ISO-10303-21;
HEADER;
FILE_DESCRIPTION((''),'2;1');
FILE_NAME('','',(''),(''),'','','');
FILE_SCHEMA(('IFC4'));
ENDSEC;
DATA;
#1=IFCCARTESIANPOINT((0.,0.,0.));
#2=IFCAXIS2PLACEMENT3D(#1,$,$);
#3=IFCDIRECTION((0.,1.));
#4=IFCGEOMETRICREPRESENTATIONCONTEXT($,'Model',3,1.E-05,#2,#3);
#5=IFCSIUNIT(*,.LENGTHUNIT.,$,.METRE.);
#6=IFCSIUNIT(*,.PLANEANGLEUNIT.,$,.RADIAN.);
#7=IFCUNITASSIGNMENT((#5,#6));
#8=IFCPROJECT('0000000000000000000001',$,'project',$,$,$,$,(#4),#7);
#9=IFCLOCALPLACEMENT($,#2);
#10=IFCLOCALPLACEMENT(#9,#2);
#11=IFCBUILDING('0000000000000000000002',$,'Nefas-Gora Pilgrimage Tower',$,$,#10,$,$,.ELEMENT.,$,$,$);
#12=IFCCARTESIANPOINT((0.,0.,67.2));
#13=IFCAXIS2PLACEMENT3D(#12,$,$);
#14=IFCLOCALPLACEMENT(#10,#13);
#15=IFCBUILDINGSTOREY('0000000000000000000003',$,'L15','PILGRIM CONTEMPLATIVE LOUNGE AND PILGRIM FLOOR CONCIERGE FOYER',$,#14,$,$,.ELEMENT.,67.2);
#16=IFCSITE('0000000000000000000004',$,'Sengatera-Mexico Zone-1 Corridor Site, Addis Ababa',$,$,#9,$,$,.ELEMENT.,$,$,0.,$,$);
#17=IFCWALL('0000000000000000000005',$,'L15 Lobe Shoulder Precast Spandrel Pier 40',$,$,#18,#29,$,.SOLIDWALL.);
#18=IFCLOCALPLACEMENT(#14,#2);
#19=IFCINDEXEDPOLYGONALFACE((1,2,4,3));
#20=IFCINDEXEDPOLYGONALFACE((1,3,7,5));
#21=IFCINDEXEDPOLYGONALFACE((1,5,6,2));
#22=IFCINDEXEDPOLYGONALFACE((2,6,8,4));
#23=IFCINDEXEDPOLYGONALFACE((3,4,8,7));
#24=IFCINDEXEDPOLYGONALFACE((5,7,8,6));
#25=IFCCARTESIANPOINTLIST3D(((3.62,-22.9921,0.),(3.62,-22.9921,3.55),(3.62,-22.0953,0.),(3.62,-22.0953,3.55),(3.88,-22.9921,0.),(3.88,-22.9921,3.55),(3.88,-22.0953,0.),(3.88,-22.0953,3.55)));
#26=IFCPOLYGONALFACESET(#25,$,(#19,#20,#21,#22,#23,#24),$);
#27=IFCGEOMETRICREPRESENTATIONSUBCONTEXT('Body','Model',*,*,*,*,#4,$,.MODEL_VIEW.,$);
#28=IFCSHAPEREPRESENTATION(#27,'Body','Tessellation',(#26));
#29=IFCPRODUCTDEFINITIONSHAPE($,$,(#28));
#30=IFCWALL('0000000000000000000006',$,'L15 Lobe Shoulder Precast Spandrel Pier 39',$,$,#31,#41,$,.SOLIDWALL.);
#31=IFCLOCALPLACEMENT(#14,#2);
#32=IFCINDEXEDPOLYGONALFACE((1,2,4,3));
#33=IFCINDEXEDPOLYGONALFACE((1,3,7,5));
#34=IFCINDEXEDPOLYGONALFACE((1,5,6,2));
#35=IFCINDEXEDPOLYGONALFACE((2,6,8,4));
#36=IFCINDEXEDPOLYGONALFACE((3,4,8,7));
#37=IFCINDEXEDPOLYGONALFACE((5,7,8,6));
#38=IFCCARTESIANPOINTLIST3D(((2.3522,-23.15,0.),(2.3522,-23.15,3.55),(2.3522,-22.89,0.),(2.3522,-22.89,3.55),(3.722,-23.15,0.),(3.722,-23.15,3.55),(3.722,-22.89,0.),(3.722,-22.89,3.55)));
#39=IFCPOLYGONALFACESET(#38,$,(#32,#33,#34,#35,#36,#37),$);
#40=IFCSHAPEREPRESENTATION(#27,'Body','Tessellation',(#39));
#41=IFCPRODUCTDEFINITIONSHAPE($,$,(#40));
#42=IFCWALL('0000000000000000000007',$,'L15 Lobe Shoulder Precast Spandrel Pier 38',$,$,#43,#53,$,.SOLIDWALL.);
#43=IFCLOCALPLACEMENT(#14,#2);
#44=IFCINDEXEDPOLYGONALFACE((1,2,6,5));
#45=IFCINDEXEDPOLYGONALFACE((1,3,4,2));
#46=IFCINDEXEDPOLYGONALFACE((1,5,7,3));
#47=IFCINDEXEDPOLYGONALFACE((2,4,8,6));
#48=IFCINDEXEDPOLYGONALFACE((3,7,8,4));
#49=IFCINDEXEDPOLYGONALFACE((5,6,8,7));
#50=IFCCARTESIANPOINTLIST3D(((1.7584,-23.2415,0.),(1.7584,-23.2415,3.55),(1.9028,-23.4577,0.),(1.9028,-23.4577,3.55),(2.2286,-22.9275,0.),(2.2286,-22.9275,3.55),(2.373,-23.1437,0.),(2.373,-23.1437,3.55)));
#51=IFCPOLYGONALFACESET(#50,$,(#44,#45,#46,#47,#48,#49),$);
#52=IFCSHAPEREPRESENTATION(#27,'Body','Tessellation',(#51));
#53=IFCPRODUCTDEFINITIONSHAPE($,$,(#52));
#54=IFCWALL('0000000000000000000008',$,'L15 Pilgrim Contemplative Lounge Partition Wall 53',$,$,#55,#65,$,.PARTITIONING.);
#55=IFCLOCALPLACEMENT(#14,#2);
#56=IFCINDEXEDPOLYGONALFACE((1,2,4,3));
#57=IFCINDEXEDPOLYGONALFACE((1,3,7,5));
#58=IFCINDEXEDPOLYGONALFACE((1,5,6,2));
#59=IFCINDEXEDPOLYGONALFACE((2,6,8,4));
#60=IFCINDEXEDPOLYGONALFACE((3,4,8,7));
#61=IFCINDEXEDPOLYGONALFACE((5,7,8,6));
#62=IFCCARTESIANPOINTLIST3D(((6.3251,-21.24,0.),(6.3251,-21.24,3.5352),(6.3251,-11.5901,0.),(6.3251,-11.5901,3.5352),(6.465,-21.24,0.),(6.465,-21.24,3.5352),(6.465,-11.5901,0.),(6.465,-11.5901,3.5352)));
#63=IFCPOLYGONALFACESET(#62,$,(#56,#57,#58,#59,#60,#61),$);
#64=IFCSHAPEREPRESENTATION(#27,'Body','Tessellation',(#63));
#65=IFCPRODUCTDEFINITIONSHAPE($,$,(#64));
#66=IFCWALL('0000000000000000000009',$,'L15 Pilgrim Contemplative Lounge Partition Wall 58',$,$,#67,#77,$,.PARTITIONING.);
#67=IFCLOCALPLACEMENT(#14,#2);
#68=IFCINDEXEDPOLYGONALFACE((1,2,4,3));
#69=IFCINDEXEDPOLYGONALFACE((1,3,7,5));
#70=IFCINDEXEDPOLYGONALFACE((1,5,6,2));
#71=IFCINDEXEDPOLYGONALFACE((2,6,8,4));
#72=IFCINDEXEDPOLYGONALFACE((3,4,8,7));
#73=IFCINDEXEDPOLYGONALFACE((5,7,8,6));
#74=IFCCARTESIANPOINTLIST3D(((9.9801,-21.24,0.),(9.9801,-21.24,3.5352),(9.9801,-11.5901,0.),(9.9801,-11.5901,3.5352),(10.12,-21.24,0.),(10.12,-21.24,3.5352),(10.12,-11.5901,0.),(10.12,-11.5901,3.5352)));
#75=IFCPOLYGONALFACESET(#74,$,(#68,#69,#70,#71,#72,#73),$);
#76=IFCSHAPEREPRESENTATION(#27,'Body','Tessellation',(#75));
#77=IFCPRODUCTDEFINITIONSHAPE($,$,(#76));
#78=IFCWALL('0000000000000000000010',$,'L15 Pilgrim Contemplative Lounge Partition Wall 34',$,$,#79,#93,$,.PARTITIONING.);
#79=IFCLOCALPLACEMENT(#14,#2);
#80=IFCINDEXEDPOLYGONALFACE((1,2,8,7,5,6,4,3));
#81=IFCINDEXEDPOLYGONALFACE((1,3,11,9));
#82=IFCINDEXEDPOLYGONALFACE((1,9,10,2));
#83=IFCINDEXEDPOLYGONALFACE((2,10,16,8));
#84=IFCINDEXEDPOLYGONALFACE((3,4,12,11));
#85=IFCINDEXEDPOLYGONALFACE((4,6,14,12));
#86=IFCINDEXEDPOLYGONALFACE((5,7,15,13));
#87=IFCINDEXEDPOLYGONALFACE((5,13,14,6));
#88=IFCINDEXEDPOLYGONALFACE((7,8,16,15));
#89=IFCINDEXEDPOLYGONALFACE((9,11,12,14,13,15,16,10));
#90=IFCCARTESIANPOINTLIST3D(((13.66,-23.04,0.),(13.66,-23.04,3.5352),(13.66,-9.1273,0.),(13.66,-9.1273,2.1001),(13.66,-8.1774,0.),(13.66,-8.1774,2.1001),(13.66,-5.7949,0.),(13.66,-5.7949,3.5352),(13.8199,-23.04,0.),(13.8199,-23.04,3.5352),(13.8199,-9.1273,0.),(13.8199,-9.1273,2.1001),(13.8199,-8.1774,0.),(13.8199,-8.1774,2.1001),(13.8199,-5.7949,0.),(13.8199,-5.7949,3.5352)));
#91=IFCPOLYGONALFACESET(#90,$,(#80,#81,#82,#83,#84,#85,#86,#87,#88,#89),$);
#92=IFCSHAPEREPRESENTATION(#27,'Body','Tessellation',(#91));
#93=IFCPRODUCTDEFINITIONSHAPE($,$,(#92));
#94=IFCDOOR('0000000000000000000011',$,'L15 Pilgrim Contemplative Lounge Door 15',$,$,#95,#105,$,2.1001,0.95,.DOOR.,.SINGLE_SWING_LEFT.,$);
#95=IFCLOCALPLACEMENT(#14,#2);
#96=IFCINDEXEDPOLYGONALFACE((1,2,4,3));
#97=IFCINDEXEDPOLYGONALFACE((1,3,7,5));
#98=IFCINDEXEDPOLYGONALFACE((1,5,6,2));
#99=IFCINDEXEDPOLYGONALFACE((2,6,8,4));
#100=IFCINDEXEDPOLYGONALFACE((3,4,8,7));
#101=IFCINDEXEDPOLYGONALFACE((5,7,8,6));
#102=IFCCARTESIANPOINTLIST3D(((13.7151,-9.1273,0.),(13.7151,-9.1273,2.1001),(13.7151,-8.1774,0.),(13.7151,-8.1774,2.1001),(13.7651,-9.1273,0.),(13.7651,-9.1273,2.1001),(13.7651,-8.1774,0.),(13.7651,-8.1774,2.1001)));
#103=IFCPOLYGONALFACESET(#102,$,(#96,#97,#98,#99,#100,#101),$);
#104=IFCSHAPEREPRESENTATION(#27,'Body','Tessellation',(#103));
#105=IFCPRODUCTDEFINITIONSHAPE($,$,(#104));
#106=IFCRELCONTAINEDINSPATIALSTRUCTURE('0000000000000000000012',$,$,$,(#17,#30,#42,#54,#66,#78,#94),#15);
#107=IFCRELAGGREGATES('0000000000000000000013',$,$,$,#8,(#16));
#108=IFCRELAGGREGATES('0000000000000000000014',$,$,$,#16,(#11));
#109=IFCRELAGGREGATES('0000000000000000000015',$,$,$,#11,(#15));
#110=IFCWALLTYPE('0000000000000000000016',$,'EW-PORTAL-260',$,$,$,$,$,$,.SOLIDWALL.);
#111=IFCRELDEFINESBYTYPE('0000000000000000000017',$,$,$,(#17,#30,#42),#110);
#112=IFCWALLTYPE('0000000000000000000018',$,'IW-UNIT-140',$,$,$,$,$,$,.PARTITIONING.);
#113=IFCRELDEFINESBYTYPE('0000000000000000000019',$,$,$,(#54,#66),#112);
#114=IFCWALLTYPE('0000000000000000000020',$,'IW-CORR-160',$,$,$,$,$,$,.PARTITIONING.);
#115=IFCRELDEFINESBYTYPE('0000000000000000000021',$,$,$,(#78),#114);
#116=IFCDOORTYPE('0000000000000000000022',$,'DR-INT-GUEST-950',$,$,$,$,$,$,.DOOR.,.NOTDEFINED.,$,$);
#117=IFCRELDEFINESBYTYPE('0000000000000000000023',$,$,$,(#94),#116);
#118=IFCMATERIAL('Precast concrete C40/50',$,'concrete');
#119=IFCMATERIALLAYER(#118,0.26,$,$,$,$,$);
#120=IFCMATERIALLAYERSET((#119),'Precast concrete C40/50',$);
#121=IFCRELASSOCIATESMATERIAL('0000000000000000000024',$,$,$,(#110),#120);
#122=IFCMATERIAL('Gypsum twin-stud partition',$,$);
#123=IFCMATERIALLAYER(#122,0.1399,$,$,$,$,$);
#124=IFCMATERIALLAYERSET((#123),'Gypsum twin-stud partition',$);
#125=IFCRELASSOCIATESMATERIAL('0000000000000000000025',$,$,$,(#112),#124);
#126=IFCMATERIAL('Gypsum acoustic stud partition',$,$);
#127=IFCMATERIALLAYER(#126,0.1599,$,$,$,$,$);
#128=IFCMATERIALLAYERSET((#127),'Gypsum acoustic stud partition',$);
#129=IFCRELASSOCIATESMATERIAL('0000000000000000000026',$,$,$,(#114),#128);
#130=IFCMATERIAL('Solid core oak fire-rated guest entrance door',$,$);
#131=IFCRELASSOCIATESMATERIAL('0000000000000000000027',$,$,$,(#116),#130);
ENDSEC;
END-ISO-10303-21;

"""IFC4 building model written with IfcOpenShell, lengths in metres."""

from ifc_helpers import new_model, si_unit, direction, frame, frame_2d, origin, place, context, subcontext, project, spatial, rectangle, extrude, source, transform, mapped, material, layer, layer_set, type_object, element, fill, save


model = new_model("IFC4")

# Units and contexts
model_context = context("Model", 3, precision=1e-05, world=origin(), true_north=direction((0.0, 1.0)))
body_context = subcontext(model_context, "Body", "Model", "MODEL_VIEW")
ifc_project = project(units=[si_unit("LENGTHUNIT", "METRE"), si_unit("PLANEANGLEUNIT", "RADIAN")], contexts=[model_context])

# Site, building, storey
site_placement = place(None, origin())
site = spatial("IfcSite", under=ifc_project, at=site_placement, Name="Sengatera-Mexico Zone-1 Corridor Site, Addis Ababa", CompositionType="ELEMENT", RefElevation=0.0)
building_placement = place(site_placement, origin())
building = spatial("IfcBuilding", under=site, at=building_placement, Name="Nefas-Gora Pilgrimage Tower", CompositionType="ELEMENT")
storey_placement = place(building_placement, frame((0.0, 0.0, 67.2)))
storey = spatial("IfcBuildingStorey", under=building, at=storey_placement, Name="L15", Description="PILGRIM CONTEMPLATIVE LOUNGE AND PILGRIM FLOOR CONCIERGE FOYER", CompositionType="ELEMENT", Elevation=67.2)

# Walls
ifc_material_1 = material(Name="Precast concrete C40/50", Category="concrete")
ifc_layer_1 = layer(ifc_material_1, 0.26)
ifc_layer_set_1 = layer_set([ifc_layer_1], Name="Precast concrete C40/50")
wall_type_1 = type_object("IfcWallType", Name="EW-PORTAL-260", PredefinedType="SOLIDWALL", material=ifc_layer_set_1)
shared_shape_1 = source(origin(), body_context, "Body", "SweptSolid", [
    extrude(rectangle(XDim=0.8967, YDim=0.26, at=frame_2d((0.4482, 0.0))), origin(), (0.0, 0.0, 1.0), 3.55),
])
wall_1_placement = place(storey_placement, frame((3.75, -22.9919, 0.0), z_axis=(0.0, 0.0, 1.0), x_axis=(0.0, 1.0, 0.0)))
element("IfcWall", 1, at=wall_1_placement, inside=storey, type_object=wall_type_1, Name="L15 Lobe Shoulder Precast Spandrel Pier 40", PredefinedType="SOLIDWALL", context=body_context, shape_type="MappedRepresentation", body=[
    mapped(shared_shape_1, transform((0.0, 0.0, 0.0), x_axis=(1.0, 0.0, 0.0), y_axis=(0.0, 1.0, 0.0), z_axis=(0.0, 0.0, 1.0), scale=1.0)),
])
shared_shape_2 = source(origin(), body_context, "Body", "SweptSolid", [
    extrude(rectangle(XDim=1.3699, YDim=0.26, at=frame_2d((0.6851, 0.0))), origin(), (0.0, 0.0, 1.0), 3.55),
])
wall_2_placement = place(storey_placement, frame((2.3521, -23.02, 0.0), z_axis=(0.0, 0.0, 1.0), x_axis=(1.0, 0.0, 0.0)))
element("IfcWall", 2, at=wall_2_placement, inside=storey, type_object=wall_type_1, Name="L15 Lobe Shoulder Precast Spandrel Pier 39", PredefinedType="SOLIDWALL", context=body_context, shape_type="MappedRepresentation", body=[
    mapped(shared_shape_2, transform((0.0, 0.0, 0.0), x_axis=(1.0, 0.0, 0.0), y_axis=(0.0, 1.0, 0.0), z_axis=(0.0, 0.0, 1.0), scale=1.0)),
])
shared_shape_3 = source(origin(), body_context, "Body", "SweptSolid", [
    extrude(rectangle(XDim=0.5654, YDim=0.26, at=frame_2d((0.2827, 0.0))), origin(), (0.0, 0.0, 1.0), 3.55),
])
wall_3_placement = place(storey_placement, frame((1.8306, -23.3496, 0.0), z_axis=(0.0, 0.0, 1.0), x_axis=(0.831651, 0.555298, 0.0)))
element("IfcWall", 3, at=wall_3_placement, inside=storey, type_object=wall_type_1, Name="L15 Lobe Shoulder Precast Spandrel Pier 38", PredefinedType="SOLIDWALL", context=body_context, shape_type="MappedRepresentation", body=[
    mapped(shared_shape_3, transform((0.0, 0.0, 0.0), x_axis=(1.0, 0.0, 0.0), y_axis=(0.0, 1.0, 0.0), z_axis=(0.0, 0.0, 1.0), scale=1.0)),
])
ifc_material_2 = material(Name="Gypsum twin-stud partition")
ifc_layer_2 = layer(ifc_material_2, 0.1399)
ifc_layer_set_2 = layer_set([ifc_layer_2], Name="Gypsum twin-stud partition")
wall_type_2 = type_object("IfcWallType", Name="IW-UNIT-140", PredefinedType="PARTITIONING", material=ifc_layer_set_2)
shared_shape_4 = source(origin(), body_context, "Body", "SweptSolid", [
    extrude(rectangle(XDim=9.6499, YDim=0.1399, at=frame_2d((4.825, 0.0))), origin(), (0.0, 0.0, 1.0), 3.5352),
])
for number, where, z_axis, x_axis, name in (
    (4, (6.395, -21.24, 0.0), (0.0, 0.0, 1.0), (0.0, 1.0, 0.0), "L15 Pilgrim Contemplative Lounge Partition Wall 53"),
    (5, (10.05, -21.24, 0.0), (0.0, 0.0, 1.0), (0.0, 1.0, 0.0), "L15 Pilgrim Contemplative Lounge Partition Wall 58"),
):
    element("IfcWall", number, at=place(storey_placement, frame(where, z_axis=z_axis, x_axis=x_axis)), inside=storey, type_object=wall_type_2, Name=name, PredefinedType="PARTITIONING", context=body_context, shape_type="MappedRepresentation", body=[
        mapped(shared_shape_4, transform((0.0, 0.0, 0.0), x_axis=(1.0, 0.0, 0.0), y_axis=(0.0, 1.0, 0.0), z_axis=(0.0, 0.0, 1.0), scale=1.0)),
    ])

# Wall, opening, door
ifc_material_3 = material(Name="Gypsum acoustic stud partition")
ifc_layer_3 = layer(ifc_material_3, 0.1599)
ifc_layer_set_3 = layer_set([ifc_layer_3], Name="Gypsum acoustic stud partition")
wall_type_3 = type_object("IfcWallType", Name="IW-CORR-160", PredefinedType="PARTITIONING", material=ifc_layer_set_3)
shared_shape_5 = source(origin(), body_context, "Body", "SweptSolid", [
    extrude(rectangle(XDim=17.2451, YDim=0.1599, at=frame_2d((8.6226, 0.0))), origin(), (0.0, 0.0, 1.0), 3.5352),
])
wall_4_placement = place(storey_placement, frame((13.74, -23.04, 0.0), z_axis=(0.0, 0.0, 1.0), x_axis=(0.0, 1.0, 0.0)))
wall_4 = element("IfcWall", 6, at=wall_4_placement, inside=storey, type_object=wall_type_3, Name="L15 Pilgrim Contemplative Lounge Partition Wall 34", PredefinedType="PARTITIONING", context=body_context, shape_type="MappedRepresentation", body=[
    mapped(shared_shape_5, transform((0.0, 0.0, 0.0), x_axis=(1.0, 0.0, 0.0), y_axis=(0.0, 1.0, 0.0), z_axis=(0.0, 0.0, 1.0), scale=1.0)),
])
opening_placement = place(wall_4_placement, frame((13.9126, 0.0, 0.0)))
opening = element("IfcOpeningElement", 7, at=opening_placement, cuts=wall_4, PredefinedType="OPENING", context=body_context, shape_type="SweptSolid", body=[
    extrude(rectangle(XDim=0.95, YDim=2.1001, at=frame_2d((0.4751, 1.05))), frame((0.0, 0.0898, 0.0), z_axis=(0.0, -1.0, 0.0), x_axis=(1.0, 0.0, 0.0)), (0.0, 0.0, 1.0), 0.1799),
])
ifc_material_4 = material(Name="Solid core oak fire-rated guest entrance door")
door_type = type_object("IfcDoorType", Name="DR-INT-GUEST-950", OperationType="NOTDEFINED", PredefinedType="DOOR", material=ifc_material_4)
shared_shape_6 = source(origin(), body_context, "Body", "SweptSolid", [
    extrude(rectangle(XDim=0.95, YDim=2.1001, at=frame_2d((0.4751, 1.05))), frame((0.0, 0.0249, 0.0), z_axis=(0.0, -1.0, 0.0), x_axis=(1.0, 0.0, 0.0)), (0.0, 0.0, 1.0), 0.05),
])
door_placement = place(opening_placement, origin())
door = element("IfcDoor", 8, at=door_placement, inside=storey, type_object=door_type, Name="L15 Pilgrim Contemplative Lounge Door 15", OperationType="SINGLE_SWING_LEFT", OverallHeight=2.1001, OverallWidth=0.95, PredefinedType="DOOR", context=body_context, shape_type="MappedRepresentation", body=[
    mapped(shared_shape_6, transform((0.0, 0.0, 0.0), x_axis=(1.0, 0.0, 0.0), y_axis=(0.0, 1.0, 0.0), z_axis=(0.0, 0.0, 1.0), scale=1.0)),
])
fill(opening, door)

save(model, "model.ifc")
